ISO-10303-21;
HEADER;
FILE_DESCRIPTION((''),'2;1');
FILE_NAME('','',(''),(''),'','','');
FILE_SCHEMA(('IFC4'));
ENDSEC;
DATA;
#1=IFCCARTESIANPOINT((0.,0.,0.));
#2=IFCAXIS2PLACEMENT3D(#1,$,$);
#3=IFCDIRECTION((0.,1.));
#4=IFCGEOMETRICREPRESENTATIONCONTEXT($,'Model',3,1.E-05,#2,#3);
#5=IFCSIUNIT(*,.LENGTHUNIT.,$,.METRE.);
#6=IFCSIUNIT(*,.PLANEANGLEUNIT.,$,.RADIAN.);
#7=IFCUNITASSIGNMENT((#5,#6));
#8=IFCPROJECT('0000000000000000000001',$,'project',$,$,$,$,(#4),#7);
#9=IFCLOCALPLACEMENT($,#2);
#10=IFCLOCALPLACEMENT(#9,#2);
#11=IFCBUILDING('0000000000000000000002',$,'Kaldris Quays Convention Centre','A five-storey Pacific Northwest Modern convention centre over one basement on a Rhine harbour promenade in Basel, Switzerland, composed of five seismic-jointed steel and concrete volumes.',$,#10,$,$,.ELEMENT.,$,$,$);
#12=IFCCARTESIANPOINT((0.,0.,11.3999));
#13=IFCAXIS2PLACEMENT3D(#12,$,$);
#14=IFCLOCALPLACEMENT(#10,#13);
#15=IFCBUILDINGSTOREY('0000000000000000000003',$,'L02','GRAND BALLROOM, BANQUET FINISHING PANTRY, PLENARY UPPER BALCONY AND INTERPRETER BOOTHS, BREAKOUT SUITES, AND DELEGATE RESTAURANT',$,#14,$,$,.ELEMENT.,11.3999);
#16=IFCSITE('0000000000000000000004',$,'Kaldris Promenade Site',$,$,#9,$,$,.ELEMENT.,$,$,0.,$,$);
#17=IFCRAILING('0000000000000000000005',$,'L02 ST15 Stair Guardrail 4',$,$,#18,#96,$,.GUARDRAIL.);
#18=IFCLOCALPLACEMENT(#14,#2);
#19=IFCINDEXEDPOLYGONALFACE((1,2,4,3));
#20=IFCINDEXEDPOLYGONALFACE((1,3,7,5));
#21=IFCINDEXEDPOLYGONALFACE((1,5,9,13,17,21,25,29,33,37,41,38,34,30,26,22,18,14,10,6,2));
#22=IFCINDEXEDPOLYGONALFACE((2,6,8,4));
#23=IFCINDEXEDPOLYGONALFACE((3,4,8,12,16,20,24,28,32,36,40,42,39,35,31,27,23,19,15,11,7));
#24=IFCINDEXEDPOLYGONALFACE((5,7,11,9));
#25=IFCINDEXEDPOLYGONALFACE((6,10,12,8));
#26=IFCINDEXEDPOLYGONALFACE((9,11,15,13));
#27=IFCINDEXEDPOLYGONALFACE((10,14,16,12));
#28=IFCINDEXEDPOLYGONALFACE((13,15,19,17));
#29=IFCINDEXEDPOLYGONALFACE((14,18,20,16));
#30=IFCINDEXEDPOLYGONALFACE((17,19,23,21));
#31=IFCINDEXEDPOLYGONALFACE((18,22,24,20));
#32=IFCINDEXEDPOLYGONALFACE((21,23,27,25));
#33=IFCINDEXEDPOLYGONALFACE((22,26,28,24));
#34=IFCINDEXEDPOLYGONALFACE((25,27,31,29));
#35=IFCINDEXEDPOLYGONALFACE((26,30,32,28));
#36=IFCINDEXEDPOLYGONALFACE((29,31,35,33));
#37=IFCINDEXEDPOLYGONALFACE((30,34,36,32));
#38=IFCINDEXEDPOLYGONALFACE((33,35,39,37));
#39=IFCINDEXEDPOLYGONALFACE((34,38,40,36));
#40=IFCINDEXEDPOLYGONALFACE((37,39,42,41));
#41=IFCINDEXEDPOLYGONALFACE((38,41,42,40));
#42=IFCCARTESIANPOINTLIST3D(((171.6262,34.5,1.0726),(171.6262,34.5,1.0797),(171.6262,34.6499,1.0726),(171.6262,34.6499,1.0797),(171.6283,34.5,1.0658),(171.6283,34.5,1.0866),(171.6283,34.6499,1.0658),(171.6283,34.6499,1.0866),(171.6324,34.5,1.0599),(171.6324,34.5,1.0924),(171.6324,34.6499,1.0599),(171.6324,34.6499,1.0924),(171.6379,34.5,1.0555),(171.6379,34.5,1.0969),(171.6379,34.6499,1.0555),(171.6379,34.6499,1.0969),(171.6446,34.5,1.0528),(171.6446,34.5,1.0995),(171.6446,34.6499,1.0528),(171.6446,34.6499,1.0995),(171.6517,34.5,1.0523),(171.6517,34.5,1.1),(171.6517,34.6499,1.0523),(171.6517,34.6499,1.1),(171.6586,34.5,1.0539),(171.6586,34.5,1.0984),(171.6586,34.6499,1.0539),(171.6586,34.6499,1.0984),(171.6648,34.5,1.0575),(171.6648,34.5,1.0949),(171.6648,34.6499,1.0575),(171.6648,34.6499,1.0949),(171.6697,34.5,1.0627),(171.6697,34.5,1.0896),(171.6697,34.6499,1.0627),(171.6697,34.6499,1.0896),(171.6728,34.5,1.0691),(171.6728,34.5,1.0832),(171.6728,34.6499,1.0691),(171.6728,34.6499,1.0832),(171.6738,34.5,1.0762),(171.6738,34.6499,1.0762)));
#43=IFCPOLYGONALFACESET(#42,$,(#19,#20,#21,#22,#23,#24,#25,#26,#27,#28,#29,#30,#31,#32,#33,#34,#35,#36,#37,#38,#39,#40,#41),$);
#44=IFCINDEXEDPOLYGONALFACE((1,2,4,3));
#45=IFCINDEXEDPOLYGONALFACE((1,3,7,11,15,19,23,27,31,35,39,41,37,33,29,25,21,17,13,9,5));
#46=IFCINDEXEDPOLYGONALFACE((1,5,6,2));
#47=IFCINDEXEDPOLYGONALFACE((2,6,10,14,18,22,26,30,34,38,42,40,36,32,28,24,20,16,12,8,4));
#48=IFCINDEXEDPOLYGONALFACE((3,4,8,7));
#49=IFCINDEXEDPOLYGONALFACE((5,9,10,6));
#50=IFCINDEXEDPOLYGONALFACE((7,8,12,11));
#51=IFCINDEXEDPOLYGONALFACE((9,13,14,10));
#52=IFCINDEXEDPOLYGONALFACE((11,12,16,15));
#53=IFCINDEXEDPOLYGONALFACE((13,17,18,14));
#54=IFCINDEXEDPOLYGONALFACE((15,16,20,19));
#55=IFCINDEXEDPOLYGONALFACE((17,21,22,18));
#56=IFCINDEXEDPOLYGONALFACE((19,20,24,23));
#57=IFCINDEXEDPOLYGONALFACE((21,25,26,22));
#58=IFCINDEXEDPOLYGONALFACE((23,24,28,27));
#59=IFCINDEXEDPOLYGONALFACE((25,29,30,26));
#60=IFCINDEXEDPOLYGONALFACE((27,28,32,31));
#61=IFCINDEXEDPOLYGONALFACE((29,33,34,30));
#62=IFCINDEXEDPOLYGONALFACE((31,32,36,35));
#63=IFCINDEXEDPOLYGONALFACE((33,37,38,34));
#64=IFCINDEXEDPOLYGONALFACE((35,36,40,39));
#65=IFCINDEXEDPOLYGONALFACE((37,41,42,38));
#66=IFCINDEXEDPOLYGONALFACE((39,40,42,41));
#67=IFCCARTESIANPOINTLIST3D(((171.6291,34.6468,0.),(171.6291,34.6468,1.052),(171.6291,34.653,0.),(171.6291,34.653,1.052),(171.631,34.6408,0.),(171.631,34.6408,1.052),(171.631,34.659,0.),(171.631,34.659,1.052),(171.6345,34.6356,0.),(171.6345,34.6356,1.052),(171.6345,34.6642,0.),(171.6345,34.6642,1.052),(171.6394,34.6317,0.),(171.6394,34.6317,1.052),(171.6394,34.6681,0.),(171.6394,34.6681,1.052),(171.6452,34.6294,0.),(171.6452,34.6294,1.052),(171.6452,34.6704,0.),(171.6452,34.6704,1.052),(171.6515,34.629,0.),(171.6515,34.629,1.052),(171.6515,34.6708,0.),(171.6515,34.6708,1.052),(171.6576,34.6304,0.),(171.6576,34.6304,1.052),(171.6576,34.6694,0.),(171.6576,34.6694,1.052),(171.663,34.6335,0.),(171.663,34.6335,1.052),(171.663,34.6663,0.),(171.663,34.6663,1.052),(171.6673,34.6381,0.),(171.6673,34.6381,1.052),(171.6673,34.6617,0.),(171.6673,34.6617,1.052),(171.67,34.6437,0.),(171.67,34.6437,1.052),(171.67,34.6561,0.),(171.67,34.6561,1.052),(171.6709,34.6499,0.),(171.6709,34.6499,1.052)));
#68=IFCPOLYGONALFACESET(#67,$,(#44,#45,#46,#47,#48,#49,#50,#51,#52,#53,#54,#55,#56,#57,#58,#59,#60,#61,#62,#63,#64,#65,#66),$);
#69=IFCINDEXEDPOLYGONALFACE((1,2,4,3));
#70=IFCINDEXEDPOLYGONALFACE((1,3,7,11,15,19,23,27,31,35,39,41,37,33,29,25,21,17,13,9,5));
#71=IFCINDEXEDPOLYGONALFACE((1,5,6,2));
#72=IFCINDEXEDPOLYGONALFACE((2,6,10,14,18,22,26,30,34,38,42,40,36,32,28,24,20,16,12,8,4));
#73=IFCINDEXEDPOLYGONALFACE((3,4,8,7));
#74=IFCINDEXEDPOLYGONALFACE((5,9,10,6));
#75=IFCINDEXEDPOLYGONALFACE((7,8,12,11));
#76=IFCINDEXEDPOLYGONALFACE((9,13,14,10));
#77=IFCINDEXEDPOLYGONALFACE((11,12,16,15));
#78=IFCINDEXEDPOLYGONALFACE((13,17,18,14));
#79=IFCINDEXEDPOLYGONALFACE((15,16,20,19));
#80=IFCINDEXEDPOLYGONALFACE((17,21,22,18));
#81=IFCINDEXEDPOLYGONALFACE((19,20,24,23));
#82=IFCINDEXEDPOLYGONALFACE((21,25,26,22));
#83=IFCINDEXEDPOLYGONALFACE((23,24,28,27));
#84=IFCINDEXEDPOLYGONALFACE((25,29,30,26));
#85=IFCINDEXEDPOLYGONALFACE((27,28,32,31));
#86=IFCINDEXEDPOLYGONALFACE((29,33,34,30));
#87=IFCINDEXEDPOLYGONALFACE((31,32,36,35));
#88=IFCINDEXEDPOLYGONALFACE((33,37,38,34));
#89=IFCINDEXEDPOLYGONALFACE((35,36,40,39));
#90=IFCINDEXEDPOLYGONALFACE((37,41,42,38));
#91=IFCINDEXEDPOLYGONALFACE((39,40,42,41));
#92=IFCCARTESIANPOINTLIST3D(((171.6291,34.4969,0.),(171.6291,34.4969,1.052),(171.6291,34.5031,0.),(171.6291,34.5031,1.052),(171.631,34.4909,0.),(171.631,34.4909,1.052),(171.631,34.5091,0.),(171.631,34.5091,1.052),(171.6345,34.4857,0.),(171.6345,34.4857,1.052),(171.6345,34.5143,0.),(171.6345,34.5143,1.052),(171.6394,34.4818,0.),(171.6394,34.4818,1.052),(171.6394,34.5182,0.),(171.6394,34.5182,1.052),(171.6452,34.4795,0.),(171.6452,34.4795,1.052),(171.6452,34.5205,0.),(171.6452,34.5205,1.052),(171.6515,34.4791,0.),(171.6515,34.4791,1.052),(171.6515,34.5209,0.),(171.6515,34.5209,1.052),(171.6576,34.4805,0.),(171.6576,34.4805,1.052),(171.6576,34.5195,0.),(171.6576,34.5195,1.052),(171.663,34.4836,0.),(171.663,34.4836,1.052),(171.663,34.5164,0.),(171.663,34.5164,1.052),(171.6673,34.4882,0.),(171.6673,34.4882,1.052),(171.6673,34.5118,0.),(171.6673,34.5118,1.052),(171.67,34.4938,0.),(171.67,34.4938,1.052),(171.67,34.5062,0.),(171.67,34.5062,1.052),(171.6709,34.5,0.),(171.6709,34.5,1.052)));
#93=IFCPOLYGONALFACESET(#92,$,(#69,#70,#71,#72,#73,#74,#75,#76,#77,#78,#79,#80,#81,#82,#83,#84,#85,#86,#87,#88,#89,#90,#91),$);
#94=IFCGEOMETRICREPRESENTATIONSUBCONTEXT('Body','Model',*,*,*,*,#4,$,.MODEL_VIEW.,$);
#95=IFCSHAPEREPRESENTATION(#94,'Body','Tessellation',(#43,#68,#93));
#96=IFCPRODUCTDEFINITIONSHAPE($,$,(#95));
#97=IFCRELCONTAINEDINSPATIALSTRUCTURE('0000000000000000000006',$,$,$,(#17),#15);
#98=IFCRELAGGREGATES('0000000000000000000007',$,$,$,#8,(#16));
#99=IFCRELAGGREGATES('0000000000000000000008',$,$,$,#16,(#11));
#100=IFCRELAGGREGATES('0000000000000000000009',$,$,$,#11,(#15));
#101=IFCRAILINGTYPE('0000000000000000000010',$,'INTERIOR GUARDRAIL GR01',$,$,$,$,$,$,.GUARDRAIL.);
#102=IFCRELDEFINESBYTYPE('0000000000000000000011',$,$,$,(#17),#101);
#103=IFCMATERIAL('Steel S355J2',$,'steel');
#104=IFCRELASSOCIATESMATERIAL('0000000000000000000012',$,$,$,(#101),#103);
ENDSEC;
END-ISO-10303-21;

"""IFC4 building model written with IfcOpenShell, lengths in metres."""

from ifc_helpers import new_model, si_unit, direction, frame, origin, origin_2d, place, context, subcontext, project, spatial, circle, extrude, material, type_object, element, save


model = new_model("IFC4")

# Units and contexts
model_context = context("Model", 3, precision=1e-05, world=origin(), true_north=direction((0.0, 1.0)))
body_context = subcontext(model_context, "Body", "Model", "MODEL_VIEW")
ifc_project = project(units=[si_unit("LENGTHUNIT", "METRE"), si_unit("PLANEANGLEUNIT", "RADIAN")], contexts=[model_context])

# Site, building, storey
site_placement = place(None, origin())
site = spatial("IfcSite", under=ifc_project, at=site_placement, Name="Kaldris Promenade Site", CompositionType="ELEMENT", RefElevation=0.0)
building_placement = place(site_placement, origin())
building = spatial("IfcBuilding", under=site, at=building_placement, Name="Kaldris Quays Convention Centre", Description="A five-storey Pacific Northwest Modern convention centre over one basement on a Rhine harbour promenade in Basel, Switzerland, composed of five seismic-jointed steel and concrete volumes.", CompositionType="ELEMENT")
storey_placement = place(building_placement, frame((0.0, 0.0, 11.3999)))
storey = spatial("IfcBuildingStorey", under=building, at=storey_placement, Name="L02", Description="GRAND BALLROOM, BANQUET FINISHING PANTRY, PLENARY UPPER BALCONY AND INTERPRETER BOOTHS, BREAKOUT SUITES, AND DELEGATE RESTAURANT", CompositionType="ELEMENT", Elevation=11.3999)

# Shared definitions
ifc_material_1 = material(Name="Steel S355J2", Category="steel")

# Railing
railing_type_1 = type_object("IfcRailingType", Name="INTERIOR GUARDRAIL GR01", PredefinedType="GUARDRAIL", material=ifc_material_1)
railing_1_placement = place(storey_placement, frame((171.6499, 34.6499, 0.0)))
element("IfcRailing", 1, at=railing_1_placement, inside=storey, type_object=railing_type_1, Name="L02 ST15 Stair Guardrail 4", PredefinedType="GUARDRAIL", context=body_context, shape_type="SweptSolid", body=[
    extrude(circle(Radius=0.0239, at=origin_2d()), frame((0.0, 0.0, 1.0762), z_axis=(0.0, -1.0, 0.0), x_axis=(1.0, 0.0, 0.0)), (0.0, 0.0, 1.0), 0.1499),
    extrude(circle(Radius=0.021, at=origin_2d()), origin(), (0.0, 0.0, 1.0), 1.052),
    extrude(circle(Radius=0.021, at=origin_2d()), frame((0.0, -0.1499, 0.0)), (0.0, 0.0, 1.0), 1.052),
])

save(model, "model.ifc")
